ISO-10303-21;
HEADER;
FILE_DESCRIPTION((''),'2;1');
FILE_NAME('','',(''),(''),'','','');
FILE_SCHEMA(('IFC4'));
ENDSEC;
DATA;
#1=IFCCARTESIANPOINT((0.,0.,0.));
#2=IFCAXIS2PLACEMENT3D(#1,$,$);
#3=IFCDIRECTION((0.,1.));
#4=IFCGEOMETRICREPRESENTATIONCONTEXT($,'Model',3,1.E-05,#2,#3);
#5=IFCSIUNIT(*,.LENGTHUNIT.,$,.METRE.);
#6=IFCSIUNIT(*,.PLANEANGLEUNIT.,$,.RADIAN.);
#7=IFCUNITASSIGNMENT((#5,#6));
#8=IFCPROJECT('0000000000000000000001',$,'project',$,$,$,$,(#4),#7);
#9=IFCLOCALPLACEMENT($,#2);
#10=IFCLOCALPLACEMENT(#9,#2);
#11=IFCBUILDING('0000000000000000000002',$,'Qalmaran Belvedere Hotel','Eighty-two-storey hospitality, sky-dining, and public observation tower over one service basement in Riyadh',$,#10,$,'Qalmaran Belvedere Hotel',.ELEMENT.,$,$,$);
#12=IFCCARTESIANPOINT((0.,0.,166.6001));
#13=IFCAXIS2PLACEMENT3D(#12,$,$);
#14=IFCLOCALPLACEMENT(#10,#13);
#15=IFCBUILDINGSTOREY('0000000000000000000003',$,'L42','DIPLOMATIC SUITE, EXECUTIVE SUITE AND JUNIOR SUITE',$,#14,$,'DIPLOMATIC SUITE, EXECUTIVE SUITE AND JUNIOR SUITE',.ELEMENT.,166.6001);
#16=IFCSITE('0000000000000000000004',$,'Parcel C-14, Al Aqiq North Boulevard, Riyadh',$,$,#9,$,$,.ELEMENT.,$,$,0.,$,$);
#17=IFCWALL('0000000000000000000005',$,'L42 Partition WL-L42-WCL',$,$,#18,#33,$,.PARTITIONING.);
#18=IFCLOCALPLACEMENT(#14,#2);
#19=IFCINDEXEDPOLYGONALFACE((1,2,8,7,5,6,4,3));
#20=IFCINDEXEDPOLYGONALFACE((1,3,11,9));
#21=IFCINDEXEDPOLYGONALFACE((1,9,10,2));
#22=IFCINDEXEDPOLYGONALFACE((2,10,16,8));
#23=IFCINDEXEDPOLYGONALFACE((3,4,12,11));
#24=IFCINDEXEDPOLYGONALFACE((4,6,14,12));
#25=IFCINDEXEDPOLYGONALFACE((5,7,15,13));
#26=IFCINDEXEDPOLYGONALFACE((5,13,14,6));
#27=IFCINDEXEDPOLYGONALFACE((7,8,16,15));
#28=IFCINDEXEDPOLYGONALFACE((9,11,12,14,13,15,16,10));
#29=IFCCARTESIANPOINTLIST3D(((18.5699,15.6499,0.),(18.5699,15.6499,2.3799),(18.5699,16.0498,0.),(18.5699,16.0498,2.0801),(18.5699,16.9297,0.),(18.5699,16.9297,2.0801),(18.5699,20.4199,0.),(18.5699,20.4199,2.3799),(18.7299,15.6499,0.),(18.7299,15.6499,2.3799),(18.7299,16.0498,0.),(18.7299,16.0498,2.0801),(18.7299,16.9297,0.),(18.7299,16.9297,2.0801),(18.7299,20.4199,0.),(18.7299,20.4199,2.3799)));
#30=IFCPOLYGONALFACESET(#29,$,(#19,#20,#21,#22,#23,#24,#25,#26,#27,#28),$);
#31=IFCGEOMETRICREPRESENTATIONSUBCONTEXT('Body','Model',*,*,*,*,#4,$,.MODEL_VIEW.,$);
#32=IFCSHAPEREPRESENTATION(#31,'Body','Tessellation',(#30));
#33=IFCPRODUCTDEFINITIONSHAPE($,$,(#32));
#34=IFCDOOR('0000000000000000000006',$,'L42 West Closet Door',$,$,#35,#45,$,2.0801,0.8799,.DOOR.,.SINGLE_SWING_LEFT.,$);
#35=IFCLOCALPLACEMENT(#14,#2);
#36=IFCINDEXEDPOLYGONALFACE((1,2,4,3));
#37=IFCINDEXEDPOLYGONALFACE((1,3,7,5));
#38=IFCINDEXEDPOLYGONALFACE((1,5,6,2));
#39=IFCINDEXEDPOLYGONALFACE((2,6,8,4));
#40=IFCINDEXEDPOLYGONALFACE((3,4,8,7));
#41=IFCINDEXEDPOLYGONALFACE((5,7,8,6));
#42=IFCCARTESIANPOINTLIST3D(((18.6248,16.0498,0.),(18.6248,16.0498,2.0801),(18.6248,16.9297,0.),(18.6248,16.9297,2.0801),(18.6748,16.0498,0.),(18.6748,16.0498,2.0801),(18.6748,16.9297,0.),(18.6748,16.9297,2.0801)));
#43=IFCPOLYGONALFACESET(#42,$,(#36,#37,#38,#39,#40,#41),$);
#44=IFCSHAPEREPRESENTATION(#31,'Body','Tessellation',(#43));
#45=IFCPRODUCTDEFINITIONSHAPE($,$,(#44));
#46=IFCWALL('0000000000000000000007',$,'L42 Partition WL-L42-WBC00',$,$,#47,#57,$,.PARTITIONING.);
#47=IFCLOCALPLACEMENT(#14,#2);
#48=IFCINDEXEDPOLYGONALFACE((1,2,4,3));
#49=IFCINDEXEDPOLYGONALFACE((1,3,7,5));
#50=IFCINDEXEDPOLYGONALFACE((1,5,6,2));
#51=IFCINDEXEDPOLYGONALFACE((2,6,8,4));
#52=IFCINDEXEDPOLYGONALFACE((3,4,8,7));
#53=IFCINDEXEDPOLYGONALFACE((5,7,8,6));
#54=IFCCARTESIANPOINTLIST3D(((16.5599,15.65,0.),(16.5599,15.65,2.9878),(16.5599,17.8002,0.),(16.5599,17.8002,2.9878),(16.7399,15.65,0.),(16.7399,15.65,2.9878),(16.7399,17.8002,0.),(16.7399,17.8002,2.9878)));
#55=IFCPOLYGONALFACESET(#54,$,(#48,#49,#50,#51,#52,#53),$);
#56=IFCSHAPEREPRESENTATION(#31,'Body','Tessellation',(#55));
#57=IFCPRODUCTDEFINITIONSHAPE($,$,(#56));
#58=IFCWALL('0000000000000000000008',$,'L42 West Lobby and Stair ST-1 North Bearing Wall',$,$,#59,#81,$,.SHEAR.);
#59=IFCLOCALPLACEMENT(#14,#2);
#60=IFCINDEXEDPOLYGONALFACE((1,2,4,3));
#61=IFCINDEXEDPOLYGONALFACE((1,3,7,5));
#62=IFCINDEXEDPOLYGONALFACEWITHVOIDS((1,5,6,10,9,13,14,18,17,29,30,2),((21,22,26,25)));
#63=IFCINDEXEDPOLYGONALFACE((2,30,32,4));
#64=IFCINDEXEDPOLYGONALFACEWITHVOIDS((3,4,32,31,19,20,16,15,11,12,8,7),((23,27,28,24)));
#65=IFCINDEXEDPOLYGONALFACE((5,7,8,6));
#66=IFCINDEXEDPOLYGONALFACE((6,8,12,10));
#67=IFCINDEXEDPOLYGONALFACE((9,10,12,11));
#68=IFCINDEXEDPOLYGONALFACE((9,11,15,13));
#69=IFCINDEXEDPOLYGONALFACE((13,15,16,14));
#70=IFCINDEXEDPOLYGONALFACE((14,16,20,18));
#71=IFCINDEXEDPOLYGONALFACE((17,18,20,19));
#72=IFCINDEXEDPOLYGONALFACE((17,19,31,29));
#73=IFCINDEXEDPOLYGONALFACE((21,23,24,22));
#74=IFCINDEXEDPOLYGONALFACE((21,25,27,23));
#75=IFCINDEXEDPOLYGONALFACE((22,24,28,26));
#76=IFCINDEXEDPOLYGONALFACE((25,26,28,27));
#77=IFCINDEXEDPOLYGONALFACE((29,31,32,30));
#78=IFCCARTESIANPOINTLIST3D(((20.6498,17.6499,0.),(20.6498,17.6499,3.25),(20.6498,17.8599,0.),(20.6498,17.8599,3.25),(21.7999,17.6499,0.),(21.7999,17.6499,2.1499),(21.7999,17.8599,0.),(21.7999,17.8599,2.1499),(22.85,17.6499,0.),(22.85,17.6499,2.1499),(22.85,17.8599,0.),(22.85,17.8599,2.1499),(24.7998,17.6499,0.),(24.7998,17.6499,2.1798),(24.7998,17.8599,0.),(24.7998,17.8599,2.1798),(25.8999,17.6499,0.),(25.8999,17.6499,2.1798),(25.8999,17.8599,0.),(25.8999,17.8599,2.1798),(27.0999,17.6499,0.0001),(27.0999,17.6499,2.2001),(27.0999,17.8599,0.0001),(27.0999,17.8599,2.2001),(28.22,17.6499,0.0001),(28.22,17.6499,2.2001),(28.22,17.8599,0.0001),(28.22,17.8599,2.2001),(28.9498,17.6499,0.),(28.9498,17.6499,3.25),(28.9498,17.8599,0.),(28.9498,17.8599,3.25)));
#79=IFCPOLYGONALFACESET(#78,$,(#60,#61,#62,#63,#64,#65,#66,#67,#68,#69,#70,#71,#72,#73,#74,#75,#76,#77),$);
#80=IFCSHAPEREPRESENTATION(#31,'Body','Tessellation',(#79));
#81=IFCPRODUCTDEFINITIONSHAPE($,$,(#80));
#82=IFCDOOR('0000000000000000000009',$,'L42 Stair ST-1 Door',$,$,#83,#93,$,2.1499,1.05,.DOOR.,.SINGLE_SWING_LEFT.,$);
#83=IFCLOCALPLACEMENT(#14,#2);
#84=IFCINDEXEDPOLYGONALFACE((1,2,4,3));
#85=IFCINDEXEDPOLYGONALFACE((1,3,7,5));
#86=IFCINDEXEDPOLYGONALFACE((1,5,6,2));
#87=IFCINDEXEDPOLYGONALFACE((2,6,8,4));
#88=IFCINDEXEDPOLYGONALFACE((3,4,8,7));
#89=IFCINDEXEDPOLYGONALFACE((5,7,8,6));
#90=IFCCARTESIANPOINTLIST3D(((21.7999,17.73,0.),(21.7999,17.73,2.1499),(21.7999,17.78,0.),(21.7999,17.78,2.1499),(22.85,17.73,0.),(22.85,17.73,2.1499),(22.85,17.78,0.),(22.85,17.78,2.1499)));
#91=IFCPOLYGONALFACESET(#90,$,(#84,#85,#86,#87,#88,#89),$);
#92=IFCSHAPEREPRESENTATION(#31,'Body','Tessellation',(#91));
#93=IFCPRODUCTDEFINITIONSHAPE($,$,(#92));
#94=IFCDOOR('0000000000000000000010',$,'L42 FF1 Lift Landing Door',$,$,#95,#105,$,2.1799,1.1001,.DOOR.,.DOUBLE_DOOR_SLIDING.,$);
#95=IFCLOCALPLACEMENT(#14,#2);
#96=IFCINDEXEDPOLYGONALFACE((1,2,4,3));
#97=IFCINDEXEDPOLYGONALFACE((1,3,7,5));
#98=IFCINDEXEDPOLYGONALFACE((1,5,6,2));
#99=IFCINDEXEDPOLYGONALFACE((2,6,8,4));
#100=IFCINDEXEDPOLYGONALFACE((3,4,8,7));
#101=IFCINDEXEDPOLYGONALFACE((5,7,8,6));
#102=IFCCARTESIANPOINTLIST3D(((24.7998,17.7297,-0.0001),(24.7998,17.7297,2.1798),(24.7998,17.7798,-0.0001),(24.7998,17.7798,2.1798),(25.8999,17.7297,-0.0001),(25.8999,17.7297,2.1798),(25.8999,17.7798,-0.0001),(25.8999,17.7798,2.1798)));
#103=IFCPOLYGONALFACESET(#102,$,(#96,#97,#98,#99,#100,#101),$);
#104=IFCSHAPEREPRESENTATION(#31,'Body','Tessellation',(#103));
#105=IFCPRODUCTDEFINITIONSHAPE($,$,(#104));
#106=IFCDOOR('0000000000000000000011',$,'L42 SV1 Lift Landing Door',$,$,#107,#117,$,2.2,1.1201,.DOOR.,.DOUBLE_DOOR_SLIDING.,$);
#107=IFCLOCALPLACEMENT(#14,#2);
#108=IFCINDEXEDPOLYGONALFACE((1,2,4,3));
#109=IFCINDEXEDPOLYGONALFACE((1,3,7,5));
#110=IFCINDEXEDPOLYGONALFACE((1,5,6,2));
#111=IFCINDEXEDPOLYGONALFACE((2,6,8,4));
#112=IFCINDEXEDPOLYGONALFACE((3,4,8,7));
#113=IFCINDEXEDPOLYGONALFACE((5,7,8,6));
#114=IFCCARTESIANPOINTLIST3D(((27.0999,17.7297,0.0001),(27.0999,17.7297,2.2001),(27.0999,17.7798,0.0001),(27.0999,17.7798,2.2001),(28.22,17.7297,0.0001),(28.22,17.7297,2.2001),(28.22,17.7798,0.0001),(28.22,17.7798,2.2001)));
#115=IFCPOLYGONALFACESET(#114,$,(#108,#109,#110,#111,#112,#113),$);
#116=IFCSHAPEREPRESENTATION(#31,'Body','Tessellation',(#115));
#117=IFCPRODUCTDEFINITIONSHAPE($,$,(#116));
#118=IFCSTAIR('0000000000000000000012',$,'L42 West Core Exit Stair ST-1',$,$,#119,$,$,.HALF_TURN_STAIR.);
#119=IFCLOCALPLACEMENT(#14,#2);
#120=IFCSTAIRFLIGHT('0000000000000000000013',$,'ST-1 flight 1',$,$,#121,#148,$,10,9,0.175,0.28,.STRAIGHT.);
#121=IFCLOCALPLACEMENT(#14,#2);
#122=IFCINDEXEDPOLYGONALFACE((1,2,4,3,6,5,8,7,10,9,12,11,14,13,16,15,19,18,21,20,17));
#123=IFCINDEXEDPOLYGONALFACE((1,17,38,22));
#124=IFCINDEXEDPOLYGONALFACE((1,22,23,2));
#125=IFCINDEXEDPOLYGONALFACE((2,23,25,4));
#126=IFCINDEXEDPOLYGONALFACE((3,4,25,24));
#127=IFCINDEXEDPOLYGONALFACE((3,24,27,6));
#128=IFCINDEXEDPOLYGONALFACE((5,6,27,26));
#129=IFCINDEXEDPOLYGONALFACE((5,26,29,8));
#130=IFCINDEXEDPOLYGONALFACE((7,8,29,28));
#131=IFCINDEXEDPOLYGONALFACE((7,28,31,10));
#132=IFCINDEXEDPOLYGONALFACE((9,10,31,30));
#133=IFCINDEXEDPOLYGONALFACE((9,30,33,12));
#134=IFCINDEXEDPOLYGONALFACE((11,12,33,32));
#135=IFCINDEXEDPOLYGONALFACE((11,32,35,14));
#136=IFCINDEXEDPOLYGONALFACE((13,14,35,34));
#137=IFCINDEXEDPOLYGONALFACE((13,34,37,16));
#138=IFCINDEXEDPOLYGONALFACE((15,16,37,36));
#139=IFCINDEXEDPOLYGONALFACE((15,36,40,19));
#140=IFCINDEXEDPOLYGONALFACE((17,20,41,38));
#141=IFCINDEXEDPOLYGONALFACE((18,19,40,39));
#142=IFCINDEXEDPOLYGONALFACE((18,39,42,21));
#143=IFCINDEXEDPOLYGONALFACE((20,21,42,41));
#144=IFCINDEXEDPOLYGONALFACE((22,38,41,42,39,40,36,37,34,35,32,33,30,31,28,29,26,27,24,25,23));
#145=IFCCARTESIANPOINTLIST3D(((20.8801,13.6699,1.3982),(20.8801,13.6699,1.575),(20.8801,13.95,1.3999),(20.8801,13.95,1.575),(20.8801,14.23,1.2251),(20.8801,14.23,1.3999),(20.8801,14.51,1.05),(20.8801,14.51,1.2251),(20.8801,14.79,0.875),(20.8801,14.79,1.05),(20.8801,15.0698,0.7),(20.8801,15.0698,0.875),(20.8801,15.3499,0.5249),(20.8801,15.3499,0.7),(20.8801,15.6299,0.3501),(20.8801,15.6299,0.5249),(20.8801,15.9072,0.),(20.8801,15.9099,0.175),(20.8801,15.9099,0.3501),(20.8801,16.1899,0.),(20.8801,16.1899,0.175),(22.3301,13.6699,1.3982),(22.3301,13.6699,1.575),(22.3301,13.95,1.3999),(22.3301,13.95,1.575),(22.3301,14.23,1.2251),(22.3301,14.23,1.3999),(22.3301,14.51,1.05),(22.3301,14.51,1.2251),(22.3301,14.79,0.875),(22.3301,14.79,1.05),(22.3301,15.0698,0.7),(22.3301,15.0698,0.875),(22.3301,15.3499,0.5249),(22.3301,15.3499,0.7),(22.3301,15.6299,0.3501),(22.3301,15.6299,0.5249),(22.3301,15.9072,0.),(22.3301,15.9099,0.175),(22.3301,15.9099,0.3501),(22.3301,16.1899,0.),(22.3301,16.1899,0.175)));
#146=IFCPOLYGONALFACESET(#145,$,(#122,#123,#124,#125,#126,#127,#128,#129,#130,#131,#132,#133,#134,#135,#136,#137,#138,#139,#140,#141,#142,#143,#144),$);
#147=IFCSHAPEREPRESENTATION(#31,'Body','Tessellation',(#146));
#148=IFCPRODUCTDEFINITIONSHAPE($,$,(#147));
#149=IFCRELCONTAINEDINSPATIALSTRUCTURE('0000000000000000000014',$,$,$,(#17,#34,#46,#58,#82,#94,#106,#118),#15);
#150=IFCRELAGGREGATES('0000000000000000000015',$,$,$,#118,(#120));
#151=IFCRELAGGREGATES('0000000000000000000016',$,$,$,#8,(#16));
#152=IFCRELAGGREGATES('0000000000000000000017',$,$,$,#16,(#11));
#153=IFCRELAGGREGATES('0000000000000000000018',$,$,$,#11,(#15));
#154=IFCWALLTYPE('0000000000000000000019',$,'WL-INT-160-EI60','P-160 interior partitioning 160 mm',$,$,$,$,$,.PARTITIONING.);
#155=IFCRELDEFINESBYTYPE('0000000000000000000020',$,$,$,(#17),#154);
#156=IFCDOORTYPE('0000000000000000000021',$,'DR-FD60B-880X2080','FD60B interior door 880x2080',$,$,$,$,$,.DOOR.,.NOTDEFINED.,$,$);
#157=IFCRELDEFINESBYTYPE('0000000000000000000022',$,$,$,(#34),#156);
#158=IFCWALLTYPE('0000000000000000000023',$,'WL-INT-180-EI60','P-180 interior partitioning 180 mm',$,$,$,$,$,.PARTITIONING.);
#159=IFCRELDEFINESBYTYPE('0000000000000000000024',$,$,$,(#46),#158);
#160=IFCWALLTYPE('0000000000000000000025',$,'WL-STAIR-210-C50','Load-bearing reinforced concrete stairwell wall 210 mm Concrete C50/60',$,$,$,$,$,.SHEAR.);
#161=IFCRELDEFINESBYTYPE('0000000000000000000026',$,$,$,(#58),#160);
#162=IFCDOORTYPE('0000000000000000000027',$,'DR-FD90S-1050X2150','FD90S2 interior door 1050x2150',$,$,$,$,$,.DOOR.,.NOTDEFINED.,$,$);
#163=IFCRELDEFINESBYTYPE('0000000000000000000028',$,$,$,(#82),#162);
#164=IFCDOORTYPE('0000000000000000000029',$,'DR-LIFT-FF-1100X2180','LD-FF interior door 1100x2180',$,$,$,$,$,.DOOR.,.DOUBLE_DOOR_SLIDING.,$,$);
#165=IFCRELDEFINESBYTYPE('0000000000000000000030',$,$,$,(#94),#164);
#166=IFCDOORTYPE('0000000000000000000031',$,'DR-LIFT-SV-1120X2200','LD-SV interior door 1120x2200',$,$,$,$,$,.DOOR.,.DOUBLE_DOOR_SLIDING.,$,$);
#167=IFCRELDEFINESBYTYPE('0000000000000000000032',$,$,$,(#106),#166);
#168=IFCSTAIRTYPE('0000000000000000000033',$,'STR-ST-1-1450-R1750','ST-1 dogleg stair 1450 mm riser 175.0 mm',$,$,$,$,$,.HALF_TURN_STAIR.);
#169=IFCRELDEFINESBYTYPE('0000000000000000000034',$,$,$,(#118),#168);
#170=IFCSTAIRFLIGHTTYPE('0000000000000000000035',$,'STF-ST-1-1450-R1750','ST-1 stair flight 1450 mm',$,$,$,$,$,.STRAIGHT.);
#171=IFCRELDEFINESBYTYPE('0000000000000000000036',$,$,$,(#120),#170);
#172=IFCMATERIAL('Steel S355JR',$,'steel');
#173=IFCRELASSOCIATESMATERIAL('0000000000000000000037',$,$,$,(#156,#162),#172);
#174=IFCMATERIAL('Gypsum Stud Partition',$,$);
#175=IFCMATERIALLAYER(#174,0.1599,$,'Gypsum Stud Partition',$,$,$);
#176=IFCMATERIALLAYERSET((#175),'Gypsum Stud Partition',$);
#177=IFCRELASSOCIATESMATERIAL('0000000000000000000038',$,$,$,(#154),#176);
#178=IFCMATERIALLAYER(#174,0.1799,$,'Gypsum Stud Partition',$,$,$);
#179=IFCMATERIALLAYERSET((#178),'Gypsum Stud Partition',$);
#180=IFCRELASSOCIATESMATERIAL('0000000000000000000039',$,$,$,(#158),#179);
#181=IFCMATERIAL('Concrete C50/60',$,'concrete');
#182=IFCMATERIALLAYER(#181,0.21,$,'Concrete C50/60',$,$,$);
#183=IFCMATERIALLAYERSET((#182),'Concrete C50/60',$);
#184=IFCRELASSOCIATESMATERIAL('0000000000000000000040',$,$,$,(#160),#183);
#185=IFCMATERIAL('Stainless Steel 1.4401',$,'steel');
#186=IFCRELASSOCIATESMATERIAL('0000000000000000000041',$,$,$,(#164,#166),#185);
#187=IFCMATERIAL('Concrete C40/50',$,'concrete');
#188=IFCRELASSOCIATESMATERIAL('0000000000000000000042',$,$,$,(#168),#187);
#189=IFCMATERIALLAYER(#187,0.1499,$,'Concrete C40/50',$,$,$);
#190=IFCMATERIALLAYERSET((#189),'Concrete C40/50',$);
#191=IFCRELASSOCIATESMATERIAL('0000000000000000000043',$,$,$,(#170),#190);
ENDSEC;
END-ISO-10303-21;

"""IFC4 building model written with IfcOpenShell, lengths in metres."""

from ifc_helpers import new_model, si_unit, direction, frame, frame_2d, origin, place, context, subcontext, project, spatial, polyline, rectangle, outline, extrude, material, layer, layer_set, type_object, element, fill, aggregate, save


model = new_model("IFC4")

# Units and contexts
model_context = context("Model", 3, precision=1e-05, world=origin(), true_north=direction((0.0, 1.0)))
body_context = subcontext(model_context, "Body", "Model", "MODEL_VIEW")
ifc_project = project(units=[si_unit("LENGTHUNIT", "METRE"), si_unit("PLANEANGLEUNIT", "RADIAN")], contexts=[model_context])

# Site, building, storey
site_placement = place(None, origin())
site = spatial("IfcSite", under=ifc_project, at=site_placement, Name="Parcel C-14, Al Aqiq North Boulevard, Riyadh", CompositionType="ELEMENT", RefElevation=0.0)
building_placement = place(site_placement, origin())
building = spatial("IfcBuilding", under=site, at=building_placement, Name="Qalmaran Belvedere Hotel", Description="Eighty-two-storey hospitality, sky-dining, and public observation tower over one service basement in Riyadh", LongName="Qalmaran Belvedere Hotel", CompositionType="ELEMENT")
storey_placement = place(building_placement, frame((0.0, 0.0, 166.6001)))
storey = spatial("IfcBuildingStorey", under=building, at=storey_placement, Name="L42", Description="DIPLOMATIC SUITE, EXECUTIVE SUITE AND JUNIOR SUITE", LongName="DIPLOMATIC SUITE, EXECUTIVE SUITE AND JUNIOR SUITE", CompositionType="ELEMENT", Elevation=166.6001)

# Shared definitions
ifc_material_1 = material(Name="Gypsum Stud Partition")

# Shared definitions
ifc_material_2 = material(Name="Steel S355JR", Category="steel")
door_type_1 = type_object("IfcDoorType", Name="DR-FD60B-880X2080", Description="FD60B interior door 880x2080", OperationType="NOTDEFINED", PredefinedType="DOOR", material=ifc_material_2)

# Wall, opening, door
ifc_layer_1 = layer(ifc_material_1, 0.1599, Name="Gypsum Stud Partition")
ifc_layer_set_1 = layer_set([ifc_layer_1], Name="Gypsum Stud Partition")
wall_type_1 = type_object("IfcWallType", Name="WL-INT-160-EI60", Description="P-160 interior partitioning 160 mm", PredefinedType="PARTITIONING", material=ifc_layer_set_1)
wall_1_placement = place(storey_placement, frame((18.6499, 15.6499, 0.0), z_axis=(0.0, 0.0, 1.0), x_axis=(0.0, 1.0, 0.0)))
wall_1 = element("IfcWall", 1, at=wall_1_placement, inside=storey, type_object=wall_type_1, Name="L42 Partition WL-L42-WCL", PredefinedType="PARTITIONING", context=body_context, shape_type="SweptSolid", body=[
    extrude(rectangle(XDim=4.77, YDim=0.1599, at=frame_2d((2.385, 0.0))), origin(), (0.0, 0.0, 1.0), 2.3799),
])
opening_1_placement = place(wall_1_placement, frame((1.2798, 0.0, 0.0), z_axis=(0.0, 0.0, 1.0), x_axis=(-1.0, 0.0, 0.0)))
opening_1 = element("IfcOpeningElement", 2, at=opening_1_placement, cuts=wall_1, PredefinedType="OPENING", context=body_context, shape_type="SweptSolid", body=[
    extrude(rectangle(XDim=0.8799, YDim=2.0801, at=frame_2d((0.4399, 1.04))), frame((0.0, 0.0898, 0.0), z_axis=(0.0, -1.0, 0.0), x_axis=(1.0, 0.0, 0.0)), (0.0, 0.0, 1.0), 0.1799),
])
door_1_placement = place(opening_1_placement, origin())
door_1 = element("IfcDoor", 3, at=door_1_placement, inside=storey, type_object=door_type_1, Name="L42 West Closet Door", OperationType="SINGLE_SWING_LEFT", OverallHeight=2.0801, OverallWidth=0.8799, PredefinedType="DOOR", context=body_context, shape_type="SweptSolid", body=[
    extrude(rectangle(XDim=0.8799, YDim=2.0801, at=frame_2d((0.4399, 1.04))), frame((0.0, 0.0249, 0.0), z_axis=(0.0, -1.0, 0.0), x_axis=(1.0, 0.0, 0.0)), (0.0, 0.0, 1.0), 0.05),
])
fill(opening_1, door_1)

# Wall
ifc_layer_2 = layer(ifc_material_1, 0.1799, Name="Gypsum Stud Partition")
ifc_layer_set_2 = layer_set([ifc_layer_2], Name="Gypsum Stud Partition")
wall_type_2 = type_object("IfcWallType", Name="WL-INT-180-EI60", Description="P-180 interior partitioning 180 mm", PredefinedType="PARTITIONING", material=ifc_layer_set_2)
wall_2_placement = place(storey_placement, frame((16.6499, 15.6499, 0.0), z_axis=(0.0, 0.0, 1.0), x_axis=(0.0, 1.0, 0.0)))
element("IfcWall", 4, at=wall_2_placement, inside=storey, type_object=wall_type_2, Name="L42 Partition WL-L42-WBC00", PredefinedType="PARTITIONING", context=body_context, shape_type="SweptSolid", body=[
    extrude(rectangle(XDim=2.1501, YDim=0.1799, at=frame_2d((1.0752, 0.0))), origin(), (0.0, 0.0, 1.0), 2.9878),
])

# Wall, openings, doors
ifc_material_3 = material(Name="Concrete C50/60", Category="concrete")
ifc_layer_3 = layer(ifc_material_3, 0.21, Name="Concrete C50/60")
ifc_layer_set_3 = layer_set([ifc_layer_3], Name="Concrete C50/60")
wall_type_3 = type_object("IfcWallType", Name="WL-STAIR-210-C50", Description="Load-bearing reinforced concrete stairwell wall 210 mm Concrete C50/60", PredefinedType="SHEAR", material=ifc_layer_set_3)
wall_3_placement = place(storey_placement, frame((20.6499, 17.7549, 0.0), z_axis=(0.0, 0.0, 1.0), x_axis=(1.0, 0.0, 0.0)))
wall_3 = element("IfcWall", 5, at=wall_3_placement, inside=storey, type_object=wall_type_3, Name="L42 West Lobby and Stair ST-1 North Bearing Wall", PredefinedType="SHEAR", context=body_context, shape_type="SweptSolid", body=[
    extrude(rectangle(XDim=8.3, YDim=0.21, at=frame_2d((4.1499, 0.0))), origin(), (0.0, 0.0, 1.0), 3.25),
])
opening_2_placement = place(wall_3_placement, frame((2.2, 0.0, 0.0), z_axis=(0.0, 0.0, 1.0), x_axis=(-1.0, 0.0, 0.0)))
opening_2 = element("IfcOpeningElement", 6, at=opening_2_placement, cuts=wall_3, PredefinedType="OPENING", context=body_context, shape_type="SweptSolid", body=[
    extrude(rectangle(XDim=1.05, YDim=2.1499, at=frame_2d((0.5249, 1.075))), frame((0.0, 0.115, 0.0), z_axis=(0.0, -1.0, 0.0), x_axis=(1.0, 0.0, 0.0)), (0.0, 0.0, 1.0), 0.23),
])
opening_3_placement = place(wall_3_placement, frame((4.1499, 0.0, 0.0)))
opening_3 = element("IfcOpeningElement", 7, at=opening_3_placement, cuts=wall_3, PredefinedType="OPENING", context=body_context, shape_type="SweptSolid", body=[
    extrude(rectangle(XDim=1.1001, YDim=2.1799, at=frame_2d((0.55, 1.0898))), frame((0.0, 0.115, 0.0), z_axis=(0.0, -1.0, 0.0), x_axis=(1.0, 0.0, 0.0)), (0.0, 0.0, 1.0), 0.23),
])
opening_4_placement = place(wall_3_placement, frame((6.45, 0.0, 0.0)))
opening_4 = element("IfcOpeningElement", 8, at=opening_4_placement, cuts=wall_3, PredefinedType="OPENING", context=body_context, shape_type="SweptSolid", body=[
    extrude(rectangle(XDim=1.1201, YDim=2.2, at=frame_2d((0.5601, 1.1001))), frame((0.0, 0.115, 0.0), z_axis=(0.0, -1.0, 0.0), x_axis=(1.0, 0.0, 0.0)), (0.0, 0.0, 1.0), 0.23),
])
door_type_2 = type_object("IfcDoorType", Name="DR-FD90S-1050X2150", Description="FD90S2 interior door 1050x2150", OperationType="NOTDEFINED", PredefinedType="DOOR", material=ifc_material_2)
door_2_placement = place(opening_2_placement, origin())
door_2 = element("IfcDoor", 9, at=door_2_placement, inside=storey, type_object=door_type_2, Name="L42 Stair ST-1 Door", OperationType="SINGLE_SWING_LEFT", OverallHeight=2.1499, OverallWidth=1.05, PredefinedType="DOOR", context=body_context, shape_type="SweptSolid", body=[
    extrude(rectangle(XDim=1.05, YDim=2.1499, at=frame_2d((0.5249, 1.075))), frame((0.0, 0.0249, 0.0), z_axis=(0.0, -1.0, 0.0), x_axis=(1.0, 0.0, 0.0)), (0.0, 0.0, 1.0), 0.05),
])
fill(opening_2, door_2)
ifc_material_4 = material(Name="Stainless Steel 1.4401", Category="steel")
door_type_3 = type_object("IfcDoorType", Name="DR-LIFT-FF-1100X2180", Description="LD-FF interior door 1100x2180", OperationType="DOUBLE_DOOR_SLIDING", PredefinedType="DOOR", material=ifc_material_4)
door_3_placement = place(opening_3_placement, origin())
door_3 = element("IfcDoor", 10, at=door_3_placement, inside=storey, type_object=door_type_3, Name="L42 FF1 Lift Landing Door", OperationType="DOUBLE_DOOR_SLIDING", OverallHeight=2.1799, OverallWidth=1.1001, PredefinedType="DOOR", context=body_context, shape_type="SweptSolid", body=[
    extrude(rectangle(XDim=1.1001, YDim=2.1799, at=frame_2d((0.55, 1.0898))), frame((0.0, 0.0249, 0.0), z_axis=(0.0, -1.0, 0.0), x_axis=(1.0, 0.0, 0.0)), (0.0, 0.0, 1.0), 0.05),
])
fill(opening_3, door_3)
door_type_4 = type_object("IfcDoorType", Name="DR-LIFT-SV-1120X2200", Description="LD-SV interior door 1120x2200", OperationType="DOUBLE_DOOR_SLIDING", PredefinedType="DOOR", material=ifc_material_4)
door_4_placement = place(opening_4_placement, origin())
door_4 = element("IfcDoor", 11, at=door_4_placement, inside=storey, type_object=door_type_4, Name="L42 SV1 Lift Landing Door", OperationType="DOUBLE_DOOR_SLIDING", OverallHeight=2.2, OverallWidth=1.1201, PredefinedType="DOOR", context=body_context, shape_type="SweptSolid", body=[
    extrude(rectangle(XDim=1.1201, YDim=2.2, at=frame_2d((0.5601, 1.1001))), frame((0.0, 0.0249, 0.0), z_axis=(0.0, -1.0, 0.0), x_axis=(1.0, 0.0, 0.0)), (0.0, 0.0, 1.0), 0.05),
])
fill(opening_4, door_4)

# Stair, stair flight
ifc_material_5 = material(Name="Concrete C40/50", Category="concrete")
stair_type = type_object("IfcStairType", Name="STR-ST-1-1450-R1750", Description="ST-1 dogleg stair 1450 mm riser 175.0 mm", PredefinedType="HALF_TURN_STAIR", material=ifc_material_5)
stair_placement = place(storey_placement, origin())
stair = element("IfcStair", 12, at=stair_placement, inside=storey, type_object=stair_type, Name="L42 West Core Exit Stair ST-1", PredefinedType="HALF_TURN_STAIR")
ifc_layer_4 = layer(ifc_material_5, 0.1499, Name="Concrete C40/50")
ifc_layer_set_4 = layer_set([ifc_layer_4], Name="Concrete C40/50")
stair_flight_type = type_object("IfcStairFlightType", Name="STF-ST-1-1450-R1750", Description="ST-1 stair flight 1450 mm", PredefinedType="STRAIGHT", material=ifc_layer_set_4)
stair_flight_1_placement = place(storey_placement, frame((21.605, 16.1899, 0.0), z_axis=(0.0, 0.0, 1.0), x_axis=(0.0, -1.0, 0.0)))
stair_flight_1 = element("IfcStairFlight", 13, at=stair_flight_1_placement, type_object=stair_flight_type, Name="ST-1 flight 1", NumberOfRisers=10, NumberOfTreads=9, PredefinedType="STRAIGHT", RiserHeight=0.175, TreadLength=0.28, context=body_context, shape_type="SweptSolid", body=[
    extrude(outline(polyline([(0.0, 0.0), (0.0, 0.175), (0.28, 0.175), (0.28, 0.3501), (0.5601, 0.3501), (0.5601, 0.5249), (0.8401, 0.5249), (0.8401, 0.7), (1.1201, 0.7), (1.1201, 0.875), (1.3999, 0.875), (1.3999, 1.05), (1.6799, 1.05), (1.6799, 1.2251), (1.96, 1.2251), (1.96, 1.3999), (2.24, 1.3999), (2.24, 1.575), (2.52, 1.575), (2.52, 1.75), (2.52, 1.3982), (0.2827, 0.0), (0.0, 0.0)])), frame((0.0, 0.7251, 0.0), z_axis=(0.0, -1.0, 0.0), x_axis=(1.0, 0.0, 0.0)), (0.0, 0.0, 1.0), 1.45),
])
aggregate(stair, [stair_flight_1])

save(model, "model.ifc")
